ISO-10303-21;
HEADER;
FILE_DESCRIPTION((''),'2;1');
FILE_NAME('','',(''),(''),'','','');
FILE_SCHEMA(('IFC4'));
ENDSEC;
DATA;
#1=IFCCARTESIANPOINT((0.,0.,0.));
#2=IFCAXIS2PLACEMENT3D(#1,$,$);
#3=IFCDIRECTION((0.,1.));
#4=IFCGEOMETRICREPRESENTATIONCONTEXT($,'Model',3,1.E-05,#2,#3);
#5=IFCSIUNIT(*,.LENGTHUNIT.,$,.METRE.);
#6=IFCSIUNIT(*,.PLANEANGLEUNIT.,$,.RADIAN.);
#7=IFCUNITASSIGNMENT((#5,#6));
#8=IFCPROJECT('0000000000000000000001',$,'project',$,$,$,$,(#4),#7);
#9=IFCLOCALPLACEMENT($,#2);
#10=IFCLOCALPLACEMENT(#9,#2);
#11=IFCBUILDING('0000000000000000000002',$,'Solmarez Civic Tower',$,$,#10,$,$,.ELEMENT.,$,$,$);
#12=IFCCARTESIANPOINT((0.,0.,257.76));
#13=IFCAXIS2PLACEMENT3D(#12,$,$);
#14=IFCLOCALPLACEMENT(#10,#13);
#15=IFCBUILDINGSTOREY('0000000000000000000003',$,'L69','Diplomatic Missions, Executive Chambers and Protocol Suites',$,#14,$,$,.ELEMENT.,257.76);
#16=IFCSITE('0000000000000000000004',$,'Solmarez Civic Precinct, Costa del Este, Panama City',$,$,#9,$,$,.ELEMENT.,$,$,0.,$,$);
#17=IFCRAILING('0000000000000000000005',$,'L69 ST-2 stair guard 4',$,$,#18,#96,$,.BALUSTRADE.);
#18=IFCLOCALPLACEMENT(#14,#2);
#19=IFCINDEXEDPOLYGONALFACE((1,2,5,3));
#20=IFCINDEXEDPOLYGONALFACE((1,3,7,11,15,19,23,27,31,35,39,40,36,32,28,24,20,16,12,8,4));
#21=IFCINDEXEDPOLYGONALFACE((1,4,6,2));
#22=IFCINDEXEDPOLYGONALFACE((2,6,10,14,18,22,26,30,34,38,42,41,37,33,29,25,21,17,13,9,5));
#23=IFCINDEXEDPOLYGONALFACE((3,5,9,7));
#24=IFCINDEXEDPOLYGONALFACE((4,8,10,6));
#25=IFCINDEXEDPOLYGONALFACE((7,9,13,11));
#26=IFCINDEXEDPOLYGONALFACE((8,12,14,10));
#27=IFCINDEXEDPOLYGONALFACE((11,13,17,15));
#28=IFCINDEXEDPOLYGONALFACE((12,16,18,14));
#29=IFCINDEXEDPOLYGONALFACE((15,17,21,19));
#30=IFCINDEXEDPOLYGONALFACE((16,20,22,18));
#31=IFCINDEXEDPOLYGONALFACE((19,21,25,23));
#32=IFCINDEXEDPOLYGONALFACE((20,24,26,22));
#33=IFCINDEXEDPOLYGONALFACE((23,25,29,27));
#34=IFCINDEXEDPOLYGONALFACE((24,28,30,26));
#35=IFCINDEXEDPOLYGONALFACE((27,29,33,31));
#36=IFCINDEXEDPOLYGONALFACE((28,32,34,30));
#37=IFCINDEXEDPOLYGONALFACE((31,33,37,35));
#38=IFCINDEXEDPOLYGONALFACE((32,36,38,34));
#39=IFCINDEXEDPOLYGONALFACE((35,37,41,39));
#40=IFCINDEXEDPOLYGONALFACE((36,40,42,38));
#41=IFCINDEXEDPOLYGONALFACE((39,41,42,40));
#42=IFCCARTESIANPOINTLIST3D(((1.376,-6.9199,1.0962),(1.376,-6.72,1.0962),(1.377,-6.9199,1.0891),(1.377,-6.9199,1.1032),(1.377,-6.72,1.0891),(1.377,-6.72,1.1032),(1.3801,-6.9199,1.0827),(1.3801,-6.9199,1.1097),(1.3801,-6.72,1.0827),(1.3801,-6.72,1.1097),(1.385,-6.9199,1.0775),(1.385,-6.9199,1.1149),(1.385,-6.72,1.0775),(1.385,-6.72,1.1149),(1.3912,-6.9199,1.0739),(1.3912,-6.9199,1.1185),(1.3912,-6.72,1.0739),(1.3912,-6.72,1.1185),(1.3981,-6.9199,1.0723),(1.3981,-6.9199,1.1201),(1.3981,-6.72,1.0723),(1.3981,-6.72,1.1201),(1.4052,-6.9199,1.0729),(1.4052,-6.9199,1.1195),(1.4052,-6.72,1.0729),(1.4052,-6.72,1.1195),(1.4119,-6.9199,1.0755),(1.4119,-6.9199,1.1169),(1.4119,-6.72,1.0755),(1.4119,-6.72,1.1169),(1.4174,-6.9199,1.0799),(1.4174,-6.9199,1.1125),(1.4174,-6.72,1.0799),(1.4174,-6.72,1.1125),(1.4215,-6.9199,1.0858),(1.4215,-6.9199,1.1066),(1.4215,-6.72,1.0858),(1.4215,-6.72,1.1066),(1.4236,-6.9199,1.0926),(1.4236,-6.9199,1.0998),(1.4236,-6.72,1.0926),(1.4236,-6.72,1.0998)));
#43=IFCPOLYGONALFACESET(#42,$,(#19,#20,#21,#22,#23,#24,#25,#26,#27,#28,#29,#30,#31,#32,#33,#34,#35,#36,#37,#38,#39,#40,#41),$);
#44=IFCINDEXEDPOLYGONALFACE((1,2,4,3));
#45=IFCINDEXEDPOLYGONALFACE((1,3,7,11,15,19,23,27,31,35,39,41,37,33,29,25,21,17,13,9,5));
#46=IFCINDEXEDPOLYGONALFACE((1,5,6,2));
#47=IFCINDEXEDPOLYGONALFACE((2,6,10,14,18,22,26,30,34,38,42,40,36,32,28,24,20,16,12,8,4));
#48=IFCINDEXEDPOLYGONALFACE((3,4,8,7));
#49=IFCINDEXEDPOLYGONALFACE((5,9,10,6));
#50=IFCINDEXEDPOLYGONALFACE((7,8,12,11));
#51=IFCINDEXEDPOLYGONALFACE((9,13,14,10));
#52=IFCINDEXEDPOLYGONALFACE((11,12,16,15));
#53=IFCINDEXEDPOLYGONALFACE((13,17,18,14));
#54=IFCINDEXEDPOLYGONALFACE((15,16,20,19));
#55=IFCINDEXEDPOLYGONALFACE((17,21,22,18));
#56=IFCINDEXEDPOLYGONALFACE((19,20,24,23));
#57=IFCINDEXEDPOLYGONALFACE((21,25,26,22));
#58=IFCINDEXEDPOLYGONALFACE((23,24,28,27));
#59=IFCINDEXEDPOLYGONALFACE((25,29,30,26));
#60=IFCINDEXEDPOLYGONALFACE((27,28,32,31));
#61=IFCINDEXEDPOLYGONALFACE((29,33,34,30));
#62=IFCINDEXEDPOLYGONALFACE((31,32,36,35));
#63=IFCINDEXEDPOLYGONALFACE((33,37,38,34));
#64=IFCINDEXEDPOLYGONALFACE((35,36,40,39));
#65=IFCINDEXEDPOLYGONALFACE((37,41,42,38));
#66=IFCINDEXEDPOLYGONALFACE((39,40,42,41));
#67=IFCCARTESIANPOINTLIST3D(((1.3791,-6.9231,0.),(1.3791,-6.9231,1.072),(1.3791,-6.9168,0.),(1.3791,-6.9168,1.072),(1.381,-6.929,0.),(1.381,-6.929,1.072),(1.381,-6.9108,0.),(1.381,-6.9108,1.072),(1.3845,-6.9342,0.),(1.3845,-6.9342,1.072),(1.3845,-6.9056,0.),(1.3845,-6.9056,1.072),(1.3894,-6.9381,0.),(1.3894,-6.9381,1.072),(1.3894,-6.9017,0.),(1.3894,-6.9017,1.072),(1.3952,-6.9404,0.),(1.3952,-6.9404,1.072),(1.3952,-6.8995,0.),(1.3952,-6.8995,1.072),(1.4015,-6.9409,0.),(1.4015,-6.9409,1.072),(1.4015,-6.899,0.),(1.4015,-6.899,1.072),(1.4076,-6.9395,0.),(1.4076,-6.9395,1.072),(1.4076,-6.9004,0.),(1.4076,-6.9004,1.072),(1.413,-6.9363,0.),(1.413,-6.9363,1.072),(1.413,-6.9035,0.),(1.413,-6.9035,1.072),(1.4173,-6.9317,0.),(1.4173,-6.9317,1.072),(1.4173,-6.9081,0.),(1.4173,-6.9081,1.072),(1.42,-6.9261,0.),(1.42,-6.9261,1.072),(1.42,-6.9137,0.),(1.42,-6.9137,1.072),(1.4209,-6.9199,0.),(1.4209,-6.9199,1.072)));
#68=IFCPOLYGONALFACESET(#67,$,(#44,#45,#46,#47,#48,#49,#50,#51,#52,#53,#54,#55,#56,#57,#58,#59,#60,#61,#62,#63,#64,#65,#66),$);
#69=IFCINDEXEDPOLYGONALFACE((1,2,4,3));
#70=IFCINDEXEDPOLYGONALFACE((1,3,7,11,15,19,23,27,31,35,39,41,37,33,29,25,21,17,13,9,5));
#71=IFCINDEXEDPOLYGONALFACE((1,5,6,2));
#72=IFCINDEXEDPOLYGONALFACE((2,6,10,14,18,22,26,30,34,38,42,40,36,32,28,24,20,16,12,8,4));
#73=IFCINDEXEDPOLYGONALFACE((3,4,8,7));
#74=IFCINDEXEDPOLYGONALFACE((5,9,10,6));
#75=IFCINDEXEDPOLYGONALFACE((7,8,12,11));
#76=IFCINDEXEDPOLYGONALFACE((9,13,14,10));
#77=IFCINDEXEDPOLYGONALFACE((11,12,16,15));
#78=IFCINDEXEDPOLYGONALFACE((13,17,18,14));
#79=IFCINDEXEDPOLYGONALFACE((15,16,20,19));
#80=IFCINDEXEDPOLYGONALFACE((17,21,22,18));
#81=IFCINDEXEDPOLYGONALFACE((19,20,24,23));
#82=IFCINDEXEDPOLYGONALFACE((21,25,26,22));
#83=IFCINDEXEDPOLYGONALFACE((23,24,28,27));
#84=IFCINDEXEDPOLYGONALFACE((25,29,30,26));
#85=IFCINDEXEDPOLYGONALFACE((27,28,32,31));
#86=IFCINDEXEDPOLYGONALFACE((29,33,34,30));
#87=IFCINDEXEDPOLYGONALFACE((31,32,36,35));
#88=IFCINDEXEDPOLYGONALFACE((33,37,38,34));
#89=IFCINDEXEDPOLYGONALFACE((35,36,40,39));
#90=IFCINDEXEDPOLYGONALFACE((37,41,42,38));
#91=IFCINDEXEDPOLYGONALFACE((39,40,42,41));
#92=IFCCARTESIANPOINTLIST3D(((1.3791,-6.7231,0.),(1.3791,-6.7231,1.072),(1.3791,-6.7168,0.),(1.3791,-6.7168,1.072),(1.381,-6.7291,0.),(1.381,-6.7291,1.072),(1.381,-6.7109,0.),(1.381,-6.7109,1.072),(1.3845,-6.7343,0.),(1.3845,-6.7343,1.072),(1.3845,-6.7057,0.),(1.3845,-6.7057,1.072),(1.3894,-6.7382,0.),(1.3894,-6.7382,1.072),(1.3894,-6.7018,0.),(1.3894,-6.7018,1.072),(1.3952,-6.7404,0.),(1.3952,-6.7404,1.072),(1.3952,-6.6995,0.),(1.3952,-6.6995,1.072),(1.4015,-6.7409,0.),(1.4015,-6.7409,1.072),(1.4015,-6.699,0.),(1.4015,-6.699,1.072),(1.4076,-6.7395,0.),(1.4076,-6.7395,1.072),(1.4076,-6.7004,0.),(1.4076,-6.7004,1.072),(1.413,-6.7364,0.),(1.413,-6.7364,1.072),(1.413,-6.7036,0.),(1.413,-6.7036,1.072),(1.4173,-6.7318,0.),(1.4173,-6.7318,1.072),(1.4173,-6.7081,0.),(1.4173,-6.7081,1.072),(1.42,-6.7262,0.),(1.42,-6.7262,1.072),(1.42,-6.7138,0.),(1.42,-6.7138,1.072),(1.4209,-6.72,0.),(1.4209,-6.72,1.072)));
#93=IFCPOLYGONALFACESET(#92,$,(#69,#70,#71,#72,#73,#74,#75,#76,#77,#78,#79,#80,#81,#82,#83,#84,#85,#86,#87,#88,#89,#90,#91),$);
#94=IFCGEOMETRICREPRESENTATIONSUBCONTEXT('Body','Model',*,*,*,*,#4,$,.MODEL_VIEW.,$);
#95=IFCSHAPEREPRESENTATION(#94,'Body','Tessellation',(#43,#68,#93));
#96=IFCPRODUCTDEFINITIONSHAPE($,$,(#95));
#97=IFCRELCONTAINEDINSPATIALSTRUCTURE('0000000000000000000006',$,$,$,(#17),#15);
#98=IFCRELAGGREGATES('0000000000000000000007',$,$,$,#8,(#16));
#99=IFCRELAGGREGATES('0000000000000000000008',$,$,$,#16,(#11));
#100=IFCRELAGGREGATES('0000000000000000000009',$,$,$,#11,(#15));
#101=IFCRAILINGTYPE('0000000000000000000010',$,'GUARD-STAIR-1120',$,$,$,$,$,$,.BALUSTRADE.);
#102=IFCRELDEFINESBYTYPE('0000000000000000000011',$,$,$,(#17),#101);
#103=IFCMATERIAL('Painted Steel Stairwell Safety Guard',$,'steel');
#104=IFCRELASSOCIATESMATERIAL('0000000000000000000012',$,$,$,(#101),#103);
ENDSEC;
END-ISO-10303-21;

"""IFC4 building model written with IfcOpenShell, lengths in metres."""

from ifc_helpers import new_model, si_unit, direction, frame, origin, origin_2d, place, context, subcontext, project, spatial, circle, extrude, material, type_object, element, save


model = new_model("IFC4")

# Units and contexts
model_context = context("Model", 3, precision=1e-05, world=origin(), true_north=direction((0.0, 1.0)))
body_context = subcontext(model_context, "Body", "Model", "MODEL_VIEW")
ifc_project = project(units=[si_unit("LENGTHUNIT", "METRE"), si_unit("PLANEANGLEUNIT", "RADIAN")], contexts=[model_context])

# Site, building, storey
site_placement = place(None, origin())
site = spatial("IfcSite", under=ifc_project, at=site_placement, Name="Solmarez Civic Precinct, Costa del Este, Panama City", CompositionType="ELEMENT", RefElevation=0.0)
building_placement = place(site_placement, origin())
building = spatial("IfcBuilding", under=site, at=building_placement, Name="Solmarez Civic Tower", CompositionType="ELEMENT")
storey_placement = place(building_placement, frame((0.0, 0.0, 257.76)))
storey = spatial("IfcBuildingStorey", under=building, at=storey_placement, Name="L69", Description="Diplomatic Missions, Executive Chambers and Protocol Suites", CompositionType="ELEMENT", Elevation=257.76)

# Railing
ifc_material_1 = material(Name="Painted Steel Stairwell Safety Guard", Category="steel")
railing_type_1 = type_object("IfcRailingType", Name="GUARD-STAIR-1120", PredefinedType="BALUSTRADE", material=ifc_material_1)
railing_1_placement = place(storey_placement, frame((1.3999, -6.9199, 0.0)))
element("IfcRailing", 1, at=railing_1_placement, inside=storey, type_object=railing_type_1, Name="L69 ST-2 stair guard 4", PredefinedType="BALUSTRADE", context=body_context, shape_type="SweptSolid", body=[
    extrude(circle(Radius=0.0239, at=origin_2d()), frame((0.0, 0.0, 1.0962), z_axis=(0.0, 1.0, 0.0), x_axis=(-1.0, 0.0, 0.0)), (0.0, 0.0, 1.0), 0.2),
    extrude(circle(Radius=0.021, at=origin_2d()), origin(), (0.0, 0.0, 1.0), 1.072),
    extrude(circle(Radius=0.021, at=origin_2d()), frame((0.0, 0.2, 0.0)), (0.0, 0.0, 1.0), 1.072),
])

save(model, "model.ifc")
